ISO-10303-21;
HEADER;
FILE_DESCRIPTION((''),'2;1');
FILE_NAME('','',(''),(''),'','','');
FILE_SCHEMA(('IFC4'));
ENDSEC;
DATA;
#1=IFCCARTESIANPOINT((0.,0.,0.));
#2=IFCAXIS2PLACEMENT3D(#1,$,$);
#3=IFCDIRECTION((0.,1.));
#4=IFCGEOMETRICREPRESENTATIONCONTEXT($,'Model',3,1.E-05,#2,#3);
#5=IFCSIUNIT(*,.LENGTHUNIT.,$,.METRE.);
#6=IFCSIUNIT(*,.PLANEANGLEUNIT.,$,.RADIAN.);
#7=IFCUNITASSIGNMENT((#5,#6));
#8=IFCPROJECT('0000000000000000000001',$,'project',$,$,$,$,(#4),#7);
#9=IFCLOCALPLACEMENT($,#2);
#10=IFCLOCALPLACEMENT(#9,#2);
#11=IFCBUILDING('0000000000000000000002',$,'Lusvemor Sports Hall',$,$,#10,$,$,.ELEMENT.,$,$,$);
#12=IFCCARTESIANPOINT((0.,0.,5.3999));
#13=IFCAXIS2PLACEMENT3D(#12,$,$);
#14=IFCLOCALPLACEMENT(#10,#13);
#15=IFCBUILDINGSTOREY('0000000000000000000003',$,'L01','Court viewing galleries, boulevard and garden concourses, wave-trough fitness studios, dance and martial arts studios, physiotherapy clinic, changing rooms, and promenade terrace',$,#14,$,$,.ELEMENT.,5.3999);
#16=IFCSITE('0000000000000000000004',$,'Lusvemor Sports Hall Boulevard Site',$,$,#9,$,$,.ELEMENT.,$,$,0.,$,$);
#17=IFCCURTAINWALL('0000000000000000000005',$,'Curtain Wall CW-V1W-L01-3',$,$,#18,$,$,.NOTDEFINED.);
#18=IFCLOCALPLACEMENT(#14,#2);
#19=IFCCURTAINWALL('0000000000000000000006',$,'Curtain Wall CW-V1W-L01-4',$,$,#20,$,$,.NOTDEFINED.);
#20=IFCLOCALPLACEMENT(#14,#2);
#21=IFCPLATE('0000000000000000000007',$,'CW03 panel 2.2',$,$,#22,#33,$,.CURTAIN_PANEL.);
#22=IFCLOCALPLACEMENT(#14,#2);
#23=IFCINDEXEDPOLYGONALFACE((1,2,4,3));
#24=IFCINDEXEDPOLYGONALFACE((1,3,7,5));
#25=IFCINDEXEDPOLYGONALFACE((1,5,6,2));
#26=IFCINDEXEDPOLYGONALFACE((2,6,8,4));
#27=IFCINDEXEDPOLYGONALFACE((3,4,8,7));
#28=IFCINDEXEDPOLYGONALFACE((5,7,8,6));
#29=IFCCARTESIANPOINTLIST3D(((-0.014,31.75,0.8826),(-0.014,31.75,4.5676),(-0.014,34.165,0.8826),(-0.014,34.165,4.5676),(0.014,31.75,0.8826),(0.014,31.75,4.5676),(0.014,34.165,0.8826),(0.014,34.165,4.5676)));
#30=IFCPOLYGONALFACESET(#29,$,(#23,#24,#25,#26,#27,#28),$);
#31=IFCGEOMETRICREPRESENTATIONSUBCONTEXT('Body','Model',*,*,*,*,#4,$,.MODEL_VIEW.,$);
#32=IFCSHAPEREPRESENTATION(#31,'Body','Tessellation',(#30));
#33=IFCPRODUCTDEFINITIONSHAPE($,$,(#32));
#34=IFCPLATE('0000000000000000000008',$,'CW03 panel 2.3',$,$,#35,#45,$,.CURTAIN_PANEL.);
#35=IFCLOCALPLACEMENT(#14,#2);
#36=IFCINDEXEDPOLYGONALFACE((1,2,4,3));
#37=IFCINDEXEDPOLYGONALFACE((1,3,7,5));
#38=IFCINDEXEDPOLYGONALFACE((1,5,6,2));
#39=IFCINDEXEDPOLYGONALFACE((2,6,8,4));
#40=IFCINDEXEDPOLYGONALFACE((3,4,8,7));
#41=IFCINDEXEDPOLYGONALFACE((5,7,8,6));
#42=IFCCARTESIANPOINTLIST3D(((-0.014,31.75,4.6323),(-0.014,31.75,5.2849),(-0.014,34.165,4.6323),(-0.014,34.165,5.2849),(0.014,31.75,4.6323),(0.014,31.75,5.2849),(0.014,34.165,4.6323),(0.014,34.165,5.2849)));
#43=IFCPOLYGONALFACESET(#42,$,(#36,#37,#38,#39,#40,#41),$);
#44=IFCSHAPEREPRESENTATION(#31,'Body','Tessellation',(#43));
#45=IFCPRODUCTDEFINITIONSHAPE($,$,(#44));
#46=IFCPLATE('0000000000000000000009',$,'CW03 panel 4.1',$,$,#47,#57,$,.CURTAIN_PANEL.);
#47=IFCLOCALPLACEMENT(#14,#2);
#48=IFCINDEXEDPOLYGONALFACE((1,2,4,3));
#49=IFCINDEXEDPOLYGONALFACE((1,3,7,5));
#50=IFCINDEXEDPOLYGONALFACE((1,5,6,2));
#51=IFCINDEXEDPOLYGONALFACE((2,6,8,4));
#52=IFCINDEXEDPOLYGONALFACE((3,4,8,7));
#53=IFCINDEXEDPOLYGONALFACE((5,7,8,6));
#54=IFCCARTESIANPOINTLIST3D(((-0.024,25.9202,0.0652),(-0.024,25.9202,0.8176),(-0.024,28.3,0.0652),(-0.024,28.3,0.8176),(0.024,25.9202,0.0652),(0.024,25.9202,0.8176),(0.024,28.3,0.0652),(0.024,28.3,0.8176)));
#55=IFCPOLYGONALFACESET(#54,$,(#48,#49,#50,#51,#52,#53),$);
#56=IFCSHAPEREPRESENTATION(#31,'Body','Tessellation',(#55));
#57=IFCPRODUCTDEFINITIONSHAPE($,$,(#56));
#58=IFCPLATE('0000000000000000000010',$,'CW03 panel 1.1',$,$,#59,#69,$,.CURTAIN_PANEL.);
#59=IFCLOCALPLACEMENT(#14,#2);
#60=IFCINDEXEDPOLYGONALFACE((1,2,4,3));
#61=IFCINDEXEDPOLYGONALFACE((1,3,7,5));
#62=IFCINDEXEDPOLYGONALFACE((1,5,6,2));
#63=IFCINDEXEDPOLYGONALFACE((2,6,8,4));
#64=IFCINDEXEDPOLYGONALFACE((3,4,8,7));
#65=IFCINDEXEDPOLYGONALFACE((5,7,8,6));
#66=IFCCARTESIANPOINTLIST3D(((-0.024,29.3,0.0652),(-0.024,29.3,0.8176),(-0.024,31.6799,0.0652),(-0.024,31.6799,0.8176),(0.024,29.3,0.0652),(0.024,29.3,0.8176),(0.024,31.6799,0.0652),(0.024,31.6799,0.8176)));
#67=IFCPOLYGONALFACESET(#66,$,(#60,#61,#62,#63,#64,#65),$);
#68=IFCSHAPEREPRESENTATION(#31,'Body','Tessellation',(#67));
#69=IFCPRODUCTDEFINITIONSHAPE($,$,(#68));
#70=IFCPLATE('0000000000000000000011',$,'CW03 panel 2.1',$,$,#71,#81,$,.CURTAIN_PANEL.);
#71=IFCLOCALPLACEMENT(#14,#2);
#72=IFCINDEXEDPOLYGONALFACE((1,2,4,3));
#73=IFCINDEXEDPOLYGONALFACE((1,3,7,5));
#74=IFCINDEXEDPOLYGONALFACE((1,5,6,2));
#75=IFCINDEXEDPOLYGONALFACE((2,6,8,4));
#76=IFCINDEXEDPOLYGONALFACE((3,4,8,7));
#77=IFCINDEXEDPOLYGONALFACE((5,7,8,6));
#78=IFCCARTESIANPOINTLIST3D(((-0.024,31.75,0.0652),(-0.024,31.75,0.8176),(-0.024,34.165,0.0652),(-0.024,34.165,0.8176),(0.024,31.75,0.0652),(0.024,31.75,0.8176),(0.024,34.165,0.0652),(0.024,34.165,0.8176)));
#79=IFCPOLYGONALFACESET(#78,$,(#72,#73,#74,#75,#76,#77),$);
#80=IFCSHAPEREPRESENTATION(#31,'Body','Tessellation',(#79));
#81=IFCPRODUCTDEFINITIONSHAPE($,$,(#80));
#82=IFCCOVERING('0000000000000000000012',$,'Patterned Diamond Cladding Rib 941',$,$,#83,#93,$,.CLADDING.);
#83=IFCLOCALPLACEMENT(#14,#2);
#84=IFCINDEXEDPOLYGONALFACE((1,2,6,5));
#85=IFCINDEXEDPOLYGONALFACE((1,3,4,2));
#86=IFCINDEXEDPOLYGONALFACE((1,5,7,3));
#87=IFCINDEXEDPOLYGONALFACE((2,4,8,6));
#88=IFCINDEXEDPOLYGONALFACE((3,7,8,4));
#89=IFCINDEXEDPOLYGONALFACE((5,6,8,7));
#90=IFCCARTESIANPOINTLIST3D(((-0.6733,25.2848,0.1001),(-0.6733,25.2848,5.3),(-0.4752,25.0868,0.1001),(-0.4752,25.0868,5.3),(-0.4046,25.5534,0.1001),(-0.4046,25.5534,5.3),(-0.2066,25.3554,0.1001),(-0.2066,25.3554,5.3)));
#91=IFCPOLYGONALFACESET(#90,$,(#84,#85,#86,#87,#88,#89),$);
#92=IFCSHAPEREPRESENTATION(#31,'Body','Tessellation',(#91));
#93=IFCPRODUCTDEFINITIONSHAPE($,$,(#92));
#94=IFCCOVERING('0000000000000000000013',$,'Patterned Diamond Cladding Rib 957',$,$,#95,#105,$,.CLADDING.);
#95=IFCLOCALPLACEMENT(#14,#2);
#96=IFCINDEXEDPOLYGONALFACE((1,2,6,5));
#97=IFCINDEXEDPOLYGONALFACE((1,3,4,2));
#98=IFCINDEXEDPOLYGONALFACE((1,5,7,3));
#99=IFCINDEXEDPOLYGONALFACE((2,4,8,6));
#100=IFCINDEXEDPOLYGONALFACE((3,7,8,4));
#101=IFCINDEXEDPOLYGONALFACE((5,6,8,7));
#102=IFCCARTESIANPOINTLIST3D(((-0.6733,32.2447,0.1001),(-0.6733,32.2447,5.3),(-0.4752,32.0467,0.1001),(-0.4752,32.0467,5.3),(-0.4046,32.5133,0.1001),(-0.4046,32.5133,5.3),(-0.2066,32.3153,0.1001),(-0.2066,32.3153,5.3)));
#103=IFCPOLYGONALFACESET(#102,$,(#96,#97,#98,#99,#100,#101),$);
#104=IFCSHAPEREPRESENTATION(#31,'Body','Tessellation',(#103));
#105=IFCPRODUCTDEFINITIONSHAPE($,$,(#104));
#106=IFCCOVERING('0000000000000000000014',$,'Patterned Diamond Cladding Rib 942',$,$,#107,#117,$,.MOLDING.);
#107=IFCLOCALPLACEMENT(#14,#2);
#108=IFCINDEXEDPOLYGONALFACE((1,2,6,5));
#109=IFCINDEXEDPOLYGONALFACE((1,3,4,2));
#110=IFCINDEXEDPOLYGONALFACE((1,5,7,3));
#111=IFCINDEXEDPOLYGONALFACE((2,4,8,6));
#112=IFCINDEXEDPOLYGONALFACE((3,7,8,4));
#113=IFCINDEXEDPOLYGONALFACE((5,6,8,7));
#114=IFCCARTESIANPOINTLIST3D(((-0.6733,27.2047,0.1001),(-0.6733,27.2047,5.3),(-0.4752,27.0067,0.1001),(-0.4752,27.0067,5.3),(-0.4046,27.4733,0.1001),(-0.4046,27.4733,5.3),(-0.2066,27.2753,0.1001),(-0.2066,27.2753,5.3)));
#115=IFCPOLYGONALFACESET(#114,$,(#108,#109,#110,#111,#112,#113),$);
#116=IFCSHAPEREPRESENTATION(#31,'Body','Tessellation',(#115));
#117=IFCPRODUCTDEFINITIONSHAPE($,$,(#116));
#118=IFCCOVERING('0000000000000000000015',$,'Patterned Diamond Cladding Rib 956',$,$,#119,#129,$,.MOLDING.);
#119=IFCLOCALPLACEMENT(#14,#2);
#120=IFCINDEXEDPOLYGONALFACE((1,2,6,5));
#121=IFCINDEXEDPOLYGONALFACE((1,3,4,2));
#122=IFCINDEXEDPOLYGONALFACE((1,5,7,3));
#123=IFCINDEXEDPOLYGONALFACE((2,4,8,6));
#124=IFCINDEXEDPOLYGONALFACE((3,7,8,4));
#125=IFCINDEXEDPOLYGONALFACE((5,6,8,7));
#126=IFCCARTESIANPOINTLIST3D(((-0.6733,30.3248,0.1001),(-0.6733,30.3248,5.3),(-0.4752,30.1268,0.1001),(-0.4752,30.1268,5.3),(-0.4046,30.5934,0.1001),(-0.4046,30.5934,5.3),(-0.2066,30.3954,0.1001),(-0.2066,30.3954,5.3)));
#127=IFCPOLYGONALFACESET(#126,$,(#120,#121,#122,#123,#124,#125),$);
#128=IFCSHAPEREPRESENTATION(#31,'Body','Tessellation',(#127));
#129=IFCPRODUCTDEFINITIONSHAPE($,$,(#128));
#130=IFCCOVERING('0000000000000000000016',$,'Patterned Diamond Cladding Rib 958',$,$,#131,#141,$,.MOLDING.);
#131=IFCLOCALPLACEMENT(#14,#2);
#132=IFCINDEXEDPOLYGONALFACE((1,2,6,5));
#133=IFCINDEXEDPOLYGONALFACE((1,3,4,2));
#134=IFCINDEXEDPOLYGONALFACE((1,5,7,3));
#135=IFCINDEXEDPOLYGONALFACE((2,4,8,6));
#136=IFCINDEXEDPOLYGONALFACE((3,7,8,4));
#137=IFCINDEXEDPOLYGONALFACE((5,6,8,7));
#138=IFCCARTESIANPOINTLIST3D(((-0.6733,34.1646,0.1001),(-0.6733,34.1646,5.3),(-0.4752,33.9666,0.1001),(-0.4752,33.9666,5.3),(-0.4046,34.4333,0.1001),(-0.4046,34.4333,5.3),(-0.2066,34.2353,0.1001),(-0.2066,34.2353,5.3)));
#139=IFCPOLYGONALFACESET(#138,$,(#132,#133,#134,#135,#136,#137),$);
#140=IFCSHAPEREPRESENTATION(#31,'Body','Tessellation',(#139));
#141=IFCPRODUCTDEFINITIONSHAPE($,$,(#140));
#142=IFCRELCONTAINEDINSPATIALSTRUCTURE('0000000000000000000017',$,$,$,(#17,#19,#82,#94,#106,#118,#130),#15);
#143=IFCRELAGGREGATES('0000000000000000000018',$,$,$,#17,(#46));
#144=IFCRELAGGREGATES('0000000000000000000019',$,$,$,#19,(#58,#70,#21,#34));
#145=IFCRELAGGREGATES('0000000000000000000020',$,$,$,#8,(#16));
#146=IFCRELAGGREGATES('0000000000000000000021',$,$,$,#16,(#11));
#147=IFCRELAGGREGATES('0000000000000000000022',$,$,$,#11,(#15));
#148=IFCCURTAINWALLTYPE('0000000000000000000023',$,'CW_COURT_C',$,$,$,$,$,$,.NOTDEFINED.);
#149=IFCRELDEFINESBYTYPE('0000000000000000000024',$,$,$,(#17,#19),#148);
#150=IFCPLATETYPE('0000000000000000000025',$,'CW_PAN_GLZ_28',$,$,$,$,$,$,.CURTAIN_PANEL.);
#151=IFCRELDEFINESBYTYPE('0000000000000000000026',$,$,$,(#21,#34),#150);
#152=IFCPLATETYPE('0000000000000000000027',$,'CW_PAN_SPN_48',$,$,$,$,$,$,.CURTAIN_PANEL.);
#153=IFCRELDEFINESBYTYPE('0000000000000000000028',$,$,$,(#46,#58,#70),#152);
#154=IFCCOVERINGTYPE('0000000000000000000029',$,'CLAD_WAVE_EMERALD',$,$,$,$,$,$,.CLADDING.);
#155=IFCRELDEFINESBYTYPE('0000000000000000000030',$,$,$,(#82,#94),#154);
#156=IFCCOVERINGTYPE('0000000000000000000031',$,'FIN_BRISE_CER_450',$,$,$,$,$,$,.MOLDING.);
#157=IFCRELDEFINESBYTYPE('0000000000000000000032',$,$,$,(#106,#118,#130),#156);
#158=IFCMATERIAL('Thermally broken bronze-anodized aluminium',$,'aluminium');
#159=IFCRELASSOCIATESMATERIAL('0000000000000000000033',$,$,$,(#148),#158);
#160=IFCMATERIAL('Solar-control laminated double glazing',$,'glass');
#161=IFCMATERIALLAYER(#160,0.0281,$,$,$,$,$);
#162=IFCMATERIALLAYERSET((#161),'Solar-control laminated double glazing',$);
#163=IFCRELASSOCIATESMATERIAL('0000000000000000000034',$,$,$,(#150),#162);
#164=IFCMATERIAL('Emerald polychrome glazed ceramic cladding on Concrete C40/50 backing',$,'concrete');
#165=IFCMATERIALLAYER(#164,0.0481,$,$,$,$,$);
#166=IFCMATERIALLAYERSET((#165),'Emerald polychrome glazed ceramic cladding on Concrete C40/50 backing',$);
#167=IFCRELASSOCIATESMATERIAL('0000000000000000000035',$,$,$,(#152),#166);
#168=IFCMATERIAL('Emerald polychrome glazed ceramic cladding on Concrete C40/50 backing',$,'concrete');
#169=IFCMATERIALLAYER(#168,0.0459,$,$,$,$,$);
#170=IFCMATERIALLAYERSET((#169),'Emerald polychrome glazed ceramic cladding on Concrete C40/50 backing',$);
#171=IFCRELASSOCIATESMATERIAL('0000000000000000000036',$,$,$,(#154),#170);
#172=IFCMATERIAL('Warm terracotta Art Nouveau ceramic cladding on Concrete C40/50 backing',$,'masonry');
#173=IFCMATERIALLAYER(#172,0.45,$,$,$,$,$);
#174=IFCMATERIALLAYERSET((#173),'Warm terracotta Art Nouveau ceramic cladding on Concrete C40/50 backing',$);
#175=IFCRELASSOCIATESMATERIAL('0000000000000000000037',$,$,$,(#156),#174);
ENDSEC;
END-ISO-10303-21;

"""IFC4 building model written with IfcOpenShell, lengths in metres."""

from ifc_helpers import new_model, si_unit, direction, frame, origin, origin_2d, place, context, subcontext, project, spatial, rectangle, extrude, material, layer, layer_set, type_object, element, aggregate, save


model = new_model("IFC4")

# Units and contexts
model_context = context("Model", 3, precision=1e-05, world=origin(), true_north=direction((0.0, 1.0)))
body_context = subcontext(model_context, "Body", "Model", "MODEL_VIEW")
ifc_project = project(units=[si_unit("LENGTHUNIT", "METRE"), si_unit("PLANEANGLEUNIT", "RADIAN")], contexts=[model_context])

# Site, building, storey
site_placement = place(None, origin())
site = spatial("IfcSite", under=ifc_project, at=site_placement, Name="Lusvemor Sports Hall Boulevard Site", CompositionType="ELEMENT", RefElevation=0.0)
building_placement = place(site_placement, origin())
building = spatial("IfcBuilding", under=site, at=building_placement, Name="Lusvemor Sports Hall", CompositionType="ELEMENT")
storey_placement = place(building_placement, frame((0.0, 0.0, 5.3999)))
storey = spatial("IfcBuildingStorey", under=building, at=storey_placement, Name="L01", Description="Court viewing galleries, boulevard and garden concourses, wave-trough fitness studios, dance and martial arts studios, physiotherapy clinic, changing rooms, and promenade terrace", CompositionType="ELEMENT", Elevation=5.3999)

# Curtain walls
ifc_material_1 = material(Name="Thermally broken bronze-anodized aluminium", Category="aluminium")
curtain_wall_type = type_object("IfcCurtainWallType", Name="CW_COURT_C", PredefinedType="NOTDEFINED", material=ifc_material_1)
curtain_wall_1_placement = place(storey_placement, origin())
curtain_wall_1 = element("IfcCurtainWall", 1, at=curtain_wall_1_placement, inside=storey, type_object=curtain_wall_type, Name="Curtain Wall CW-V1W-L01-3", PredefinedType="NOTDEFINED")
curtain_wall_2_placement = place(storey_placement, origin())
curtain_wall_2 = element("IfcCurtainWall", 2, at=curtain_wall_2_placement, inside=storey, type_object=curtain_wall_type, Name="Curtain Wall CW-V1W-L01-4", PredefinedType="NOTDEFINED")

# Plates
ifc_material_2 = material(Name="Solar-control laminated double glazing", Category="glass")
ifc_layer_1 = layer(ifc_material_2, 0.0281)
ifc_layer_set_1 = layer_set([ifc_layer_1], Name="Solar-control laminated double glazing")
plate_type_1 = type_object("IfcPlateType", Name="CW_PAN_GLZ_28", PredefinedType="CURTAIN_PANEL", material=ifc_layer_set_1)
plate_1_placement = place(storey_placement, frame((0.0, 32.9575, 0.8826), z_axis=(0.0, 0.0, 1.0), x_axis=(0.0, 1.0, 0.0)))
plate_1 = element("IfcPlate", 3, at=plate_1_placement, type_object=plate_type_1, Name="CW03 panel 2.2", PredefinedType="CURTAIN_PANEL", context=body_context, shape_type="SweptSolid", body=[
    extrude(rectangle(XDim=2.415, YDim=0.0281, at=origin_2d()), origin(), (0.0, 0.0, 1.0), 3.6851),
])
plate_2_placement = place(storey_placement, frame((0.0, 32.9575, 4.6323), z_axis=(0.0, 0.0, 1.0), x_axis=(0.0, 1.0, 0.0)))
plate_2 = element("IfcPlate", 4, at=plate_2_placement, type_object=plate_type_1, Name="CW03 panel 2.3", PredefinedType="CURTAIN_PANEL", context=body_context, shape_type="SweptSolid", body=[
    extrude(rectangle(XDim=2.415, YDim=0.0281, at=origin_2d()), origin(), (0.0, 0.0, 1.0), 0.6526),
])
ifc_material_3 = material(Name="Emerald polychrome glazed ceramic cladding on Concrete C40/50 backing", Category="concrete")
ifc_layer_2 = layer(ifc_material_3, 0.0481)
ifc_layer_set_2 = layer_set([ifc_layer_2], Name="Emerald polychrome glazed ceramic cladding on Concrete C40/50 backing")
plate_type_2 = type_object("IfcPlateType", Name="CW_PAN_SPN_48", PredefinedType="CURTAIN_PANEL", material=ifc_layer_set_2)
plate_3_placement = place(storey_placement, frame((0.0, 27.1101, 0.0652), z_axis=(0.0, 0.0, 1.0), x_axis=(0.0, 1.0, 0.0)))
plate_3 = element("IfcPlate", 5, at=plate_3_placement, type_object=plate_type_2, Name="CW03 panel 4.1", PredefinedType="CURTAIN_PANEL", context=body_context, shape_type="SweptSolid", body=[
    extrude(rectangle(XDim=2.3799, YDim=0.0481, at=origin_2d()), origin(), (0.0, 0.0, 1.0), 0.7524),
])
aggregate(curtain_wall_1, [plate_3])
plate_4_placement = place(storey_placement, frame((0.0, 30.49, 0.0652), z_axis=(0.0, 0.0, 1.0), x_axis=(0.0, 1.0, 0.0)))
plate_4 = element("IfcPlate", 6, at=plate_4_placement, type_object=plate_type_2, Name="CW03 panel 1.1", PredefinedType="CURTAIN_PANEL", context=body_context, shape_type="SweptSolid", body=[
    extrude(rectangle(XDim=2.3799, YDim=0.0481, at=origin_2d()), origin(), (0.0, 0.0, 1.0), 0.7524),
])
plate_5_placement = place(storey_placement, frame((0.0, 32.9575, 0.0652), z_axis=(0.0, 0.0, 1.0), x_axis=(0.0, 1.0, 0.0)))
plate_5 = element("IfcPlate", 7, at=plate_5_placement, type_object=plate_type_2, Name="CW03 panel 2.1", PredefinedType="CURTAIN_PANEL", context=body_context, shape_type="SweptSolid", body=[
    extrude(rectangle(XDim=2.415, YDim=0.0481, at=origin_2d()), origin(), (0.0, 0.0, 1.0), 0.7524),
])
aggregate(curtain_wall_2, [plate_4, plate_5, plate_1, plate_2])

# Coverings
ifc_material_4 = material(Name="Emerald polychrome glazed ceramic cladding on Concrete C40/50 backing", Category="concrete")
ifc_layer_3 = layer(ifc_material_4, 0.0459)
ifc_layer_set_3 = layer_set([ifc_layer_3], Name="Emerald polychrome glazed ceramic cladding on Concrete C40/50 backing")
covering_type_1 = type_object("IfcCoveringType", Name="CLAD_WAVE_EMERALD", PredefinedType="CLADDING", material=ifc_layer_set_3)
for number, where, z_axis, x_axis, name in (
    (8, (-0.4399, 25.3201, 0.1001), (0.0, 0.0, 1.0), (0.707107, 0.707107, 0.0), "Patterned Diamond Cladding Rib 941"),
    (9, (-0.4399, 32.28, 0.1001), (0.0, 0.0, 1.0), (0.707107, 0.707107, 0.0), "Patterned Diamond Cladding Rib 957"),
):
    element("IfcCovering", number, at=place(storey_placement, frame(where, z_axis=z_axis, x_axis=x_axis)), inside=storey, type_object=covering_type_1, Name=name, PredefinedType="CLADDING", context=body_context, shape_type="SweptSolid", body=[
        extrude(rectangle(XDim=0.3799, YDim=0.28, at=origin_2d()), origin(), (0.0, 0.0, 1.0), 5.2),
    ])
ifc_material_5 = material(Name="Warm terracotta Art Nouveau ceramic cladding on Concrete C40/50 backing", Category="masonry")
ifc_layer_4 = layer(ifc_material_5, 0.45)
ifc_layer_set_4 = layer_set([ifc_layer_4], Name="Warm terracotta Art Nouveau ceramic cladding on Concrete C40/50 backing")
covering_type_2 = type_object("IfcCoveringType", Name="FIN_BRISE_CER_450", PredefinedType="MOLDING", material=ifc_layer_set_4)
for number, where, z_axis, x_axis, name in (
    (10, (-0.4399, 27.24, 0.1001), (0.0, 0.0, 1.0), (0.707107, 0.707107, 0.0), "Patterned Diamond Cladding Rib 942"),
    (11, (-0.4399, 30.3601, 0.1001), (0.0, 0.0, 1.0), (0.707107, 0.707107, 0.0), "Patterned Diamond Cladding Rib 956"),
    (12, (-0.4399, 34.2, 0.1001), (0.0, 0.0, 1.0), (0.707107, 0.707107, 0.0), "Patterned Diamond Cladding Rib 958"),
):
    element("IfcCovering", number, at=place(storey_placement, frame(where, z_axis=z_axis, x_axis=x_axis)), inside=storey, type_object=covering_type_2, Name=name, PredefinedType="MOLDING", context=body_context, shape_type="SweptSolid", body=[
        extrude(rectangle(XDim=0.3799, YDim=0.28, at=origin_2d()), origin(), (0.0, 0.0, 1.0), 5.2),
    ])

save(model, "model.ifc")
